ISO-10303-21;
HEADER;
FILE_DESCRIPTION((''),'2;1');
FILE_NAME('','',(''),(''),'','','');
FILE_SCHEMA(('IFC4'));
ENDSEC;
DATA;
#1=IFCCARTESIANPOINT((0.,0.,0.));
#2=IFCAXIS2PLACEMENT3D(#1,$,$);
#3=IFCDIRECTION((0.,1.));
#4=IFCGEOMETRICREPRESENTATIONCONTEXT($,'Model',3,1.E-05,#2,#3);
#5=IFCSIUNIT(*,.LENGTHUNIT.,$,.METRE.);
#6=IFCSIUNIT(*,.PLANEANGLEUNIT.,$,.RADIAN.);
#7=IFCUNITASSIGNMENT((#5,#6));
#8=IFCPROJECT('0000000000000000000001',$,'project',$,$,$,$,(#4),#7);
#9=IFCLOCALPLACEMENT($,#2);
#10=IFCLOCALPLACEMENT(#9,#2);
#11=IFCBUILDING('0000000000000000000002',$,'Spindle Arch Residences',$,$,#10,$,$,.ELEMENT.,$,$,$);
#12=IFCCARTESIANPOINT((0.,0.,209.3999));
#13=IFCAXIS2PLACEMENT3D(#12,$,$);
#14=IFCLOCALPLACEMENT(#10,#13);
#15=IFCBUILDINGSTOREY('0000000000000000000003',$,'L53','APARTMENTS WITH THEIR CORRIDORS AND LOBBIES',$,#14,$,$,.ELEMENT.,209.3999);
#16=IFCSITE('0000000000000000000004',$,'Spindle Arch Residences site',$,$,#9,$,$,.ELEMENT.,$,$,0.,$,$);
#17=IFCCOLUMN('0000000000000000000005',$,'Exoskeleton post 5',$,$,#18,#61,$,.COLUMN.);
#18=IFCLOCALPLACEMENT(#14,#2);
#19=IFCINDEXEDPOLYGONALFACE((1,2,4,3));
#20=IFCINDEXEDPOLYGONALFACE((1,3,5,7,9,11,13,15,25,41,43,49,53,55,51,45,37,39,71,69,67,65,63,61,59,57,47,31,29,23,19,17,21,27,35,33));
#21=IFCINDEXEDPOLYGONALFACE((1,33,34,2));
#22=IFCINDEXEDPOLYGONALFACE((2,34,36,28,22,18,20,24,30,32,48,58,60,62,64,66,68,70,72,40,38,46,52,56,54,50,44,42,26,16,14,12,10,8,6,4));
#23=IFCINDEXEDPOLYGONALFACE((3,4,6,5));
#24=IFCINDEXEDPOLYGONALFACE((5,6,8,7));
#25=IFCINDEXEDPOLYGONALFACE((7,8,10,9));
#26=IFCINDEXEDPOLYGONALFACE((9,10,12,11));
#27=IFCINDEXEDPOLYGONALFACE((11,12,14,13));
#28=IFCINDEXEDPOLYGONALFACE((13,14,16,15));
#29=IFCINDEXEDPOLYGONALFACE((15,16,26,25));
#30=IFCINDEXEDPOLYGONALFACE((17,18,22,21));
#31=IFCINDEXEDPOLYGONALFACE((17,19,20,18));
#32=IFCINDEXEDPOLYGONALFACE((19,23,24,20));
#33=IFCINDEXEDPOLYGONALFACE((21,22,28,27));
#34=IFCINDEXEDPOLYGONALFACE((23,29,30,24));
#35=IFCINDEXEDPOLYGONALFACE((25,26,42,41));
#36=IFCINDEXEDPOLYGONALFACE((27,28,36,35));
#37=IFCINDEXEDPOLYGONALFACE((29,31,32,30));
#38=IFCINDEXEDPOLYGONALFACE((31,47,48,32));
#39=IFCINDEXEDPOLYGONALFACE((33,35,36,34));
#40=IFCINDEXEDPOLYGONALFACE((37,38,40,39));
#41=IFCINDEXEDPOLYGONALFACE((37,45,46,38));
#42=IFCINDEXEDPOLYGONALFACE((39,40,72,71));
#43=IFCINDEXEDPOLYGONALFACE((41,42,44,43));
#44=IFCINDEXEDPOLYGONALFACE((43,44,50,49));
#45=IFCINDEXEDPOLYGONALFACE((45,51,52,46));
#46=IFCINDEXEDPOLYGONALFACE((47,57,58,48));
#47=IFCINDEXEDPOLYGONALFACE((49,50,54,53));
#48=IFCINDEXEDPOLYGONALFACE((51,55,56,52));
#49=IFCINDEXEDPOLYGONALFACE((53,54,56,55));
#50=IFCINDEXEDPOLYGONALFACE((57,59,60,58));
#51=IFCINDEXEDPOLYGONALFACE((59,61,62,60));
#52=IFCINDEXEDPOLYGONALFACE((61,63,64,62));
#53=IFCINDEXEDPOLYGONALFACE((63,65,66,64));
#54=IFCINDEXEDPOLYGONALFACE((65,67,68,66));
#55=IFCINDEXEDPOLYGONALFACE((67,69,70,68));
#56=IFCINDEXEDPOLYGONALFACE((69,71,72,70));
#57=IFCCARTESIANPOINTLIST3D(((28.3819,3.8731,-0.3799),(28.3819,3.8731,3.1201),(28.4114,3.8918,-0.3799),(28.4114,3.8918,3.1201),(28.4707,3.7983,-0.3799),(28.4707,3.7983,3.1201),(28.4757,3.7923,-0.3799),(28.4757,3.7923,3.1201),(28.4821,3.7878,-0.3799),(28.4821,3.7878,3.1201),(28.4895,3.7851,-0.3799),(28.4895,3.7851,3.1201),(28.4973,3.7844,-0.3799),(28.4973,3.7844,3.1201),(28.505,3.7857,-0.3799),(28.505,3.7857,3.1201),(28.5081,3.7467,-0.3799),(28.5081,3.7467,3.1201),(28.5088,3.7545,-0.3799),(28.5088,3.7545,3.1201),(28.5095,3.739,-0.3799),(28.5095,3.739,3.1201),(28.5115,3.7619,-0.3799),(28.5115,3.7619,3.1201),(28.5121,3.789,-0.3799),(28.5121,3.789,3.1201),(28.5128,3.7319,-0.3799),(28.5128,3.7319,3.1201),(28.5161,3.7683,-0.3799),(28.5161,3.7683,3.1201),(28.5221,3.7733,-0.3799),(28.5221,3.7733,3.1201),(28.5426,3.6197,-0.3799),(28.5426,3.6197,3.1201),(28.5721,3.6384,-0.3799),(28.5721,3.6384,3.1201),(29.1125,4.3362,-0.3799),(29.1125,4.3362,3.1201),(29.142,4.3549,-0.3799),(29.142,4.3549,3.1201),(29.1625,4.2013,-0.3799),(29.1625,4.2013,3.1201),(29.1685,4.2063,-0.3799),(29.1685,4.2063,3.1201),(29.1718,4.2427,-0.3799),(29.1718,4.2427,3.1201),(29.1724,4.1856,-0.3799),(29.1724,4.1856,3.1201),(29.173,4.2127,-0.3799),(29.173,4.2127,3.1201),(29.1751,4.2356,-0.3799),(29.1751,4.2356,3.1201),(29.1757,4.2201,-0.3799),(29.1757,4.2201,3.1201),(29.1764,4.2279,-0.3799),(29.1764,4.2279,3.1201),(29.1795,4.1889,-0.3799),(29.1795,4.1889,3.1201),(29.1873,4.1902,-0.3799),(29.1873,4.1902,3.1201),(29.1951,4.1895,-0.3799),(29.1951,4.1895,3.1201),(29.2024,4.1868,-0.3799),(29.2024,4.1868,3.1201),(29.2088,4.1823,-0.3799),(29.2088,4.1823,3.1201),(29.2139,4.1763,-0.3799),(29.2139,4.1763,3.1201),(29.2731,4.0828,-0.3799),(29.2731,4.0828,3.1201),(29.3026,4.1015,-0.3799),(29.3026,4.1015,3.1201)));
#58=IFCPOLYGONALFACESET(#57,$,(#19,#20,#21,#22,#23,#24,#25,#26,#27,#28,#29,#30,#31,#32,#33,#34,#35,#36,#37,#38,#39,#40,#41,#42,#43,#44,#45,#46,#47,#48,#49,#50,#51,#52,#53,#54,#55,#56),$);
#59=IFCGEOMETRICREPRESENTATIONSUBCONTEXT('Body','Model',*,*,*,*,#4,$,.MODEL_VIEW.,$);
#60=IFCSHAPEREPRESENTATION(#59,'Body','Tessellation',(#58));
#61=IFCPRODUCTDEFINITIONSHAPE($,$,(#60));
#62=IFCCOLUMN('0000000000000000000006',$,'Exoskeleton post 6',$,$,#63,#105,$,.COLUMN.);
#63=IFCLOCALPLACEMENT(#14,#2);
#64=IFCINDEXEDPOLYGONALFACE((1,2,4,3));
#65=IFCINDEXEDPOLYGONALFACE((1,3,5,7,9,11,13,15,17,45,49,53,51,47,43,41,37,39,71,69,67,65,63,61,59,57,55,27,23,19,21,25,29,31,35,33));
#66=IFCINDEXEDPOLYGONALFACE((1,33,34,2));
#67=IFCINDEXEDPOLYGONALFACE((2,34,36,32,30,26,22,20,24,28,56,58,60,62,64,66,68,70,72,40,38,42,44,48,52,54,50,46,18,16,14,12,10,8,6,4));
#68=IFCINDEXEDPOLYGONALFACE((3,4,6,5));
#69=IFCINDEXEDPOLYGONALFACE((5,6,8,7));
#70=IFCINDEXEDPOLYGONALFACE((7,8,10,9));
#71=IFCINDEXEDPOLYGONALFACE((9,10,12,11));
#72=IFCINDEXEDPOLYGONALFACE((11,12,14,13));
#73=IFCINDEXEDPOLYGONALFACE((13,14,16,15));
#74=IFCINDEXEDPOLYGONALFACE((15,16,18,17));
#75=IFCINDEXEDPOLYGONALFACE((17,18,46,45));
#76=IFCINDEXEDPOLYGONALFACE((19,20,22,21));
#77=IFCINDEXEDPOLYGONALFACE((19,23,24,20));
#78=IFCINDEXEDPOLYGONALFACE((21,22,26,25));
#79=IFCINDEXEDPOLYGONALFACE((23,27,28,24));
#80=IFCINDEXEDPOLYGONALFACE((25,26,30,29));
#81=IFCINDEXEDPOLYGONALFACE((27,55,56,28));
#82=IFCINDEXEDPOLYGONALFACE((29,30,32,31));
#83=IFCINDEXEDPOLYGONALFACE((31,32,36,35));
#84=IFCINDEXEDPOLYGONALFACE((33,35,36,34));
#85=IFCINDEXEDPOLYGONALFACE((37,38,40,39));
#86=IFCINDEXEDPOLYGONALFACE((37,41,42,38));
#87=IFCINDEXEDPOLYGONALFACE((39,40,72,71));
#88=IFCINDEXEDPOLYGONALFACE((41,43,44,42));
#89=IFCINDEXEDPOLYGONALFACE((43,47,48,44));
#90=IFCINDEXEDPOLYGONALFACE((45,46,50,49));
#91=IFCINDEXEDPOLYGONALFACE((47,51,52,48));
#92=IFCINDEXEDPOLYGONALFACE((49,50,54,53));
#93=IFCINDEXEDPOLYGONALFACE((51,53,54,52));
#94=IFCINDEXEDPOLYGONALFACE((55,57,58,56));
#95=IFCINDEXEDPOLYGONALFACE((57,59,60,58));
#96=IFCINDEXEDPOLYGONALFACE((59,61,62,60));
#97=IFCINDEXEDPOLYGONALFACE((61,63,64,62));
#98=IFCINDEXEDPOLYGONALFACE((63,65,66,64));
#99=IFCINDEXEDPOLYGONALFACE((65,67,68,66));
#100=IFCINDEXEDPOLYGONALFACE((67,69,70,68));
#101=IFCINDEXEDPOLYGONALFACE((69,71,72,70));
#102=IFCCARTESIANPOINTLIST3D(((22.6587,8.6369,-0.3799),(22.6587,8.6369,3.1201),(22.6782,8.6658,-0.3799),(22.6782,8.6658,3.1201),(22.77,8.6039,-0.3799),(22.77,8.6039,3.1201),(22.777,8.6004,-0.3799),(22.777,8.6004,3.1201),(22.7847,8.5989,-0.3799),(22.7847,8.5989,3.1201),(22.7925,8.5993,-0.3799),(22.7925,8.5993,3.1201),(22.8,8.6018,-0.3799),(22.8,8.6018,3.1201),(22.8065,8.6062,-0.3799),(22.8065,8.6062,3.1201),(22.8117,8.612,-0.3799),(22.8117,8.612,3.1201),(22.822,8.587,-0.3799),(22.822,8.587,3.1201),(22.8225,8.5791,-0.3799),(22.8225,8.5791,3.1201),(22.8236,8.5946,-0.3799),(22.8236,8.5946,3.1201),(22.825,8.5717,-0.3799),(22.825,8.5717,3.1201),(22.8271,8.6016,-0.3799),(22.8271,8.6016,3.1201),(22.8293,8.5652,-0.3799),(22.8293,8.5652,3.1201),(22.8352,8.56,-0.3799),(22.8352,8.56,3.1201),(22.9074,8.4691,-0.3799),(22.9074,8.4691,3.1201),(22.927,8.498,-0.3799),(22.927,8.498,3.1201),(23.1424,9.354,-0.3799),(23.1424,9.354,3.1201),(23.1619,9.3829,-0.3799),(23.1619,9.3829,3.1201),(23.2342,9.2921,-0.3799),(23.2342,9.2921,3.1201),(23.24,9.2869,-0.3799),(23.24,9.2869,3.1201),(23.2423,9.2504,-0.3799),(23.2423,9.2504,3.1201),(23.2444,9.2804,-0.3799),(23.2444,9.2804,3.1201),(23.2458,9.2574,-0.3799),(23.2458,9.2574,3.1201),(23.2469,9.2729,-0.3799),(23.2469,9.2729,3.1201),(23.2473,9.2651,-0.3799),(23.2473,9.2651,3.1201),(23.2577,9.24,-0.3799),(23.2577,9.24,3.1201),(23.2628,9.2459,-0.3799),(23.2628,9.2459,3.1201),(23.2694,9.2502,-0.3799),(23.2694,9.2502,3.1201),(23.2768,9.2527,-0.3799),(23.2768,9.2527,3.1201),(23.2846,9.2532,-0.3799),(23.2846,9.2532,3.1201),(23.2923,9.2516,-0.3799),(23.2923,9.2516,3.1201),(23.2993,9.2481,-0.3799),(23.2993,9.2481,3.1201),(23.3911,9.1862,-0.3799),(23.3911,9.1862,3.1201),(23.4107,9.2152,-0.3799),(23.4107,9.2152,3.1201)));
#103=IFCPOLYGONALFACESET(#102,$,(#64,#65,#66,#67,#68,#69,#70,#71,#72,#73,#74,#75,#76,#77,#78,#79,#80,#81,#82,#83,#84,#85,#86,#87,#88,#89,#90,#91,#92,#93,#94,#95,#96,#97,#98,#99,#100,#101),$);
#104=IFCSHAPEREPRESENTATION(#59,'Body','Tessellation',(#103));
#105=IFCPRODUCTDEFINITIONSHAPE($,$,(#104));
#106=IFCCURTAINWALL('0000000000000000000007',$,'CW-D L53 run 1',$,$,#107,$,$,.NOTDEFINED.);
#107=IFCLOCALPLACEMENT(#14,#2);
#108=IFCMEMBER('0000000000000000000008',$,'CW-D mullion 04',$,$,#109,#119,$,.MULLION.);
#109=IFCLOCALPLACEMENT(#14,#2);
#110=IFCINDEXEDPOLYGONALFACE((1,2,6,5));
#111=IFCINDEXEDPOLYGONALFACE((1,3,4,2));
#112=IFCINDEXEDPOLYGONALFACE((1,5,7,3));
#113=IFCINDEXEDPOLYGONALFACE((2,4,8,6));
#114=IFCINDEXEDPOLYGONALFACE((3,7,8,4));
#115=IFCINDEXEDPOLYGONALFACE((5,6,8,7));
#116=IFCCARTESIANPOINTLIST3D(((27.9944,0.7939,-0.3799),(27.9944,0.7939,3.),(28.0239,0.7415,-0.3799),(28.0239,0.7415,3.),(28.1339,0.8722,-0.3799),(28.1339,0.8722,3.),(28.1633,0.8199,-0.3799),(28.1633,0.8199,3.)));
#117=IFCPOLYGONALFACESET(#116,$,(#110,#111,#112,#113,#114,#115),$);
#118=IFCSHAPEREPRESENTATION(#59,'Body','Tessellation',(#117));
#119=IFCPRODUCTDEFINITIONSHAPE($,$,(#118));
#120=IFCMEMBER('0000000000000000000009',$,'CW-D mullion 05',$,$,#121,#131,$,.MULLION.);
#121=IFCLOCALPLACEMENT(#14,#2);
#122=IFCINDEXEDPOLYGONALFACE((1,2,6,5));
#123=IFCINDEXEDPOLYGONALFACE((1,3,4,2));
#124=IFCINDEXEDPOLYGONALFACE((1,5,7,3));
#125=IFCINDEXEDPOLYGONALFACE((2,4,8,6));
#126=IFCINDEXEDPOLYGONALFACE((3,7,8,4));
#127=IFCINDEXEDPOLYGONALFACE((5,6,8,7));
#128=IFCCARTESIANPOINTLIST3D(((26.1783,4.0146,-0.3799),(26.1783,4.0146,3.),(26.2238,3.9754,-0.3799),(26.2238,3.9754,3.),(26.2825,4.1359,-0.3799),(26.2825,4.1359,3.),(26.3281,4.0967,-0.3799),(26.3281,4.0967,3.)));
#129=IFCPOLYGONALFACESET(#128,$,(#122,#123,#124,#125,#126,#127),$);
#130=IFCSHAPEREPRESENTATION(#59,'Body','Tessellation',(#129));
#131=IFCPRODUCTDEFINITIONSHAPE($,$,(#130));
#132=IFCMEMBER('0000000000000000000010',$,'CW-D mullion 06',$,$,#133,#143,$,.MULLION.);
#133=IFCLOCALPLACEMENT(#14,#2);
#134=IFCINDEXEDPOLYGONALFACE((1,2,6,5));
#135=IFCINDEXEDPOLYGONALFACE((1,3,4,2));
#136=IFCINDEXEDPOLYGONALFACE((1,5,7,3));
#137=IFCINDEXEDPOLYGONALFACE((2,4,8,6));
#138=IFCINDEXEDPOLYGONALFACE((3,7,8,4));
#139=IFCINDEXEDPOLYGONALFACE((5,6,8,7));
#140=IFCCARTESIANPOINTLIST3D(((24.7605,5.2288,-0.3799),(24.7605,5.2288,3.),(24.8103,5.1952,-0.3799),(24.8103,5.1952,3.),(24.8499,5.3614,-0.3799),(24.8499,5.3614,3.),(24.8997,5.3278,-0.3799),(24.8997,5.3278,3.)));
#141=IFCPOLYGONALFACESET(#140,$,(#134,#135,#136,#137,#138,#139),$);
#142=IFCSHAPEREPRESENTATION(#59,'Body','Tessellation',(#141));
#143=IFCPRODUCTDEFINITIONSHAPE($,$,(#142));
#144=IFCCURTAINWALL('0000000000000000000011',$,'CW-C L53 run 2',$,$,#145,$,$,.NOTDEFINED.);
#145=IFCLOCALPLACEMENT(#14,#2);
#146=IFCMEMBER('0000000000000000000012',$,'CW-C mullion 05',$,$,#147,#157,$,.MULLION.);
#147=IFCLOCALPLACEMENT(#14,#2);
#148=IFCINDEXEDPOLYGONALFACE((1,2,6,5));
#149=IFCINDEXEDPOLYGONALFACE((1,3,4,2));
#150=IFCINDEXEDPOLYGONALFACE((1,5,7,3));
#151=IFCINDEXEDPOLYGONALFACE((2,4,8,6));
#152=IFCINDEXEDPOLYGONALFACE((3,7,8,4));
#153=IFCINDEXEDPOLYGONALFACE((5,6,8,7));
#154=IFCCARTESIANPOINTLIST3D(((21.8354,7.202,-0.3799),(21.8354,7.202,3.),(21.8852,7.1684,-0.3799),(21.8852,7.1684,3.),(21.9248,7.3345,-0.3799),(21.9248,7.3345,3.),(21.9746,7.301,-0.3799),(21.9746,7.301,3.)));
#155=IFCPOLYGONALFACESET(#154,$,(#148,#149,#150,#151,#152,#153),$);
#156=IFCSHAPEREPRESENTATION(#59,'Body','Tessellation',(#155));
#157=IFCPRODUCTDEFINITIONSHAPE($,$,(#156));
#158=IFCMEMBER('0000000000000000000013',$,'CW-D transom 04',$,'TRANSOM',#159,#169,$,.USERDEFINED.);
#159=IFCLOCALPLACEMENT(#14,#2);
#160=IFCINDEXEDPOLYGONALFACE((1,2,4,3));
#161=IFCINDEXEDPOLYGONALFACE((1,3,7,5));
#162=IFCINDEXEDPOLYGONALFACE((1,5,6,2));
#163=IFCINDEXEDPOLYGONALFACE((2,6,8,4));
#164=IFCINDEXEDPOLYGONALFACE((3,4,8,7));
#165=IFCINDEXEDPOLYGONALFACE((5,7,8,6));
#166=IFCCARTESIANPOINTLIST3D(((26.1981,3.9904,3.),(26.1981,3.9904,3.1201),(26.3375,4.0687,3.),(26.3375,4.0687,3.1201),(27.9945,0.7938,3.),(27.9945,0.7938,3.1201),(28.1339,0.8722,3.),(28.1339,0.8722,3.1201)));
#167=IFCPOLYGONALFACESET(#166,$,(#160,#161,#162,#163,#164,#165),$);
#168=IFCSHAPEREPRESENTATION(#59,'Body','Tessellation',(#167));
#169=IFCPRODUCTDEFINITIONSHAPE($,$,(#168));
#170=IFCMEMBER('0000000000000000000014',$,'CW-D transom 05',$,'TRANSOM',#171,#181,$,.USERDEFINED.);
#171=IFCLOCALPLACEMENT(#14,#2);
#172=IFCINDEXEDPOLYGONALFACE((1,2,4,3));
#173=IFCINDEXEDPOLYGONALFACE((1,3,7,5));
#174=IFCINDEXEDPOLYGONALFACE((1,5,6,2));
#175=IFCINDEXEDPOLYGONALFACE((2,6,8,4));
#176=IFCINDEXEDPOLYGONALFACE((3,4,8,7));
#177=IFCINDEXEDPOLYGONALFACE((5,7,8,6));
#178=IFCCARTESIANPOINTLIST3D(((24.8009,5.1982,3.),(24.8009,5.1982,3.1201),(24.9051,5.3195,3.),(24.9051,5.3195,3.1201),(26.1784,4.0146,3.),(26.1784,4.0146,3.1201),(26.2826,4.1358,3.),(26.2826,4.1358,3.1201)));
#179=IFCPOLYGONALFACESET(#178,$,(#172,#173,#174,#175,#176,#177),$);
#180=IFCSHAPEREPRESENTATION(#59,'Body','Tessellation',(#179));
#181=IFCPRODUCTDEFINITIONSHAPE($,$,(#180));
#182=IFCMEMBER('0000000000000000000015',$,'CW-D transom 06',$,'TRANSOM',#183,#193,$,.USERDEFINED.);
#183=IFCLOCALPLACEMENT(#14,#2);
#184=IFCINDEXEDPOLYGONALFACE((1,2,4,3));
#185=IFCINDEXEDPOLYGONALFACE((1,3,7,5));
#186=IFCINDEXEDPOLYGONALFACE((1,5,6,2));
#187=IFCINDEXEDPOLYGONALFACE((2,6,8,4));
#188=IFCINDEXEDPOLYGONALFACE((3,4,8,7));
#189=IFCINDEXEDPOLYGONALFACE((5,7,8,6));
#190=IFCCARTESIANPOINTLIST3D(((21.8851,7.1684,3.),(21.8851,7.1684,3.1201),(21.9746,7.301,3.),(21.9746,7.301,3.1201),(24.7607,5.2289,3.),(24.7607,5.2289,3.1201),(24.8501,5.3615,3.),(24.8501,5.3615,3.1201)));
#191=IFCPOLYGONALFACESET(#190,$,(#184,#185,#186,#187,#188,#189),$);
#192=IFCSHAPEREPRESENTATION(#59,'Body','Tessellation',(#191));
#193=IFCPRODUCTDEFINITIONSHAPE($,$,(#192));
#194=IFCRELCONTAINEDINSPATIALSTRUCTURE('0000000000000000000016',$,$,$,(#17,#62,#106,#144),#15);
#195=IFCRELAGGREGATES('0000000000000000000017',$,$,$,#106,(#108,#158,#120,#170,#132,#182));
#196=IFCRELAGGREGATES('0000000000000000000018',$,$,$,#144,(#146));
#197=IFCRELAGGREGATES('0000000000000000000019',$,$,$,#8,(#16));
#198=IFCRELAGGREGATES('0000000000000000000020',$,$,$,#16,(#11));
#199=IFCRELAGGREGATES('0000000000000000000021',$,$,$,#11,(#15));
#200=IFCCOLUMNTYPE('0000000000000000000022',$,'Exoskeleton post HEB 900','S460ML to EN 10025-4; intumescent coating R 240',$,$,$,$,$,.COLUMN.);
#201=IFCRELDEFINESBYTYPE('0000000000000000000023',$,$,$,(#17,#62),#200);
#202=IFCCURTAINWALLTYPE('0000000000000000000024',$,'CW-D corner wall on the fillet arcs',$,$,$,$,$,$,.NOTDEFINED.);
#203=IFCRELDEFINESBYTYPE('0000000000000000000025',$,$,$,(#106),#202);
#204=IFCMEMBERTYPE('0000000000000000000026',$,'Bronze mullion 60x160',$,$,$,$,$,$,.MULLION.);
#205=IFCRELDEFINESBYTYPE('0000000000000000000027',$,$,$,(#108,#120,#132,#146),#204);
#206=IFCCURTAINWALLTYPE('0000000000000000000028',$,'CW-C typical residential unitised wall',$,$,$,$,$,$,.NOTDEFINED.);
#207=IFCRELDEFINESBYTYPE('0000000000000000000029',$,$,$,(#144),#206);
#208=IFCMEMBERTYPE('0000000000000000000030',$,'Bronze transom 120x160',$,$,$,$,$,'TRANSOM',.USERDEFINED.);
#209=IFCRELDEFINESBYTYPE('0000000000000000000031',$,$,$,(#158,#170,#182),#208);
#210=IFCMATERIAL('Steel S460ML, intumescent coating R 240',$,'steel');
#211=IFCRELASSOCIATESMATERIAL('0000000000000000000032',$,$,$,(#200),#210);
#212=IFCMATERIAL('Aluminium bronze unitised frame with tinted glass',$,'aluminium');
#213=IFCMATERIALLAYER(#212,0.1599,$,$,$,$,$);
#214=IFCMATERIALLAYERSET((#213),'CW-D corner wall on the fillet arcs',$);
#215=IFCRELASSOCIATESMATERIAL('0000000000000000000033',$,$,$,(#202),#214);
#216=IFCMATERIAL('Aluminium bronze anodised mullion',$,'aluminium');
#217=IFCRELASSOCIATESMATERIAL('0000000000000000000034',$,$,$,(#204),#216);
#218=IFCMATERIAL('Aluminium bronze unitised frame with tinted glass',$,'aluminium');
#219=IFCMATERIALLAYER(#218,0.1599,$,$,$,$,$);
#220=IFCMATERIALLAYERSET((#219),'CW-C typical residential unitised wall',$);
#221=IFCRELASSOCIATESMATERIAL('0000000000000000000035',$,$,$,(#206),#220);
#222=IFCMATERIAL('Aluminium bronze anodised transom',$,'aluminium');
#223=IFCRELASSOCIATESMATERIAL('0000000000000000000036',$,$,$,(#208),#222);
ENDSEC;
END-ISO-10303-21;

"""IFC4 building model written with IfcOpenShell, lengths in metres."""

from ifc_helpers import new_model, si_unit, direction, frame, origin, origin_2d, place, context, subcontext, project, spatial, rectangle, i_section, extrude, material, layer, layer_set, material_profile, profile_set, type_object, element, aggregate, save


model = new_model("IFC4")

# Units and contexts
model_context = context("Model", 3, precision=1e-05, world=origin(), true_north=direction((0.0, 1.0)))
body_context = subcontext(model_context, "Body", "Model", "MODEL_VIEW")
ifc_project = project(units=[si_unit("LENGTHUNIT", "METRE"), si_unit("PLANEANGLEUNIT", "RADIAN")], contexts=[model_context])

# Site, building, storey
site_placement = place(None, origin())
site = spatial("IfcSite", under=ifc_project, at=site_placement, Name="Spindle Arch Residences site", CompositionType="ELEMENT", RefElevation=0.0)
building_placement = place(site_placement, origin())
building = spatial("IfcBuilding", under=site, at=building_placement, Name="Spindle Arch Residences", CompositionType="ELEMENT")
storey_placement = place(building_placement, frame((0.0, 0.0, 209.3999)))
storey = spatial("IfcBuildingStorey", under=building, at=storey_placement, Name="L53", Description="APARTMENTS WITH THEIR CORRIDORS AND LOBBIES", CompositionType="ELEMENT", Elevation=209.3999)

# Columns
ifc_material_1 = material(Name="Steel S460ML, intumescent coating R 240", Category="steel")
ifc_material_profile_1 = material_profile(ifc_material_1, i_section(OverallWidth=0.3, OverallDepth=0.8999, WebThickness=0.0186, FlangeThickness=0.0349, FilletRadius=0.03, at=origin_2d()), Name="HEB 900")
ifc_profile_set_1 = profile_set([ifc_material_profile_1], Name="Steel S460ML, intumescent coating R 240")
column_type = type_object("IfcColumnType", Name="Exoskeleton post HEB 900", Description="S460ML to EN 10025-4; intumescent coating R 240", PredefinedType="COLUMN", material=ifc_profile_set_1)
for number, where, z_axis, x_axis, name in (
    (1, (28.8423, 3.9873, -0.3799), (0.0, 0.0, 1.0), (0.5354, -0.844598, 0.0), "Exoskeleton post 5"),
    (2, (23.0347, 8.926, -0.3799), (0.0, 0.0, 1.0), (0.829038, -0.559193, 0.0), "Exoskeleton post 6"),
):
    element("IfcColumn", number, at=place(storey_placement, frame(where, z_axis=z_axis, x_axis=x_axis)), inside=storey, type_object=column_type, Name=name, PredefinedType="COLUMN", context=body_context, shape_type="SweptSolid", body=[
        extrude(i_section(OverallWidth=0.3, OverallDepth=0.8999, WebThickness=0.0186, FlangeThickness=0.0349, FilletRadius=0.03, at=origin_2d()), origin(), (0.0, 0.0, 1.0), 3.5),
    ])

# Curtain wall, members
ifc_material_2 = material(Name="Aluminium bronze unitised frame with tinted glass", Category="aluminium")
ifc_layer_1 = layer(ifc_material_2, 0.1599)
ifc_layer_set_1 = layer_set([ifc_layer_1], Name="CW-D corner wall on the fillet arcs")
curtain_wall_type_1 = type_object("IfcCurtainWallType", Name="CW-D corner wall on the fillet arcs", PredefinedType="NOTDEFINED", material=ifc_layer_set_1)
curtain_wall_1_placement = place(storey_placement, origin())
curtain_wall_1 = element("IfcCurtainWall", 3, at=curtain_wall_1_placement, inside=storey, type_object=curtain_wall_type_1, Name="CW-D L53 run 1", PredefinedType="NOTDEFINED")
ifc_material_3 = material(Name="Aluminium bronze anodised mullion", Category="aluminium")
ifc_material_profile_2 = material_profile(ifc_material_3, rectangle(XDim=0.1599, YDim=0.0601, at=origin_2d()), Name="MU 60x160")
ifc_profile_set_2 = profile_set([ifc_material_profile_2], Name="Aluminium bronze anodised mullion")
member_type_1 = type_object("IfcMemberType", Name="Bronze mullion 60x160", PredefinedType="MULLION", material=ifc_profile_set_2)
member_1_placement = place(storey_placement, frame((28.0789, 0.8069, -0.3799), z_axis=(0.0, 0.0, 1.0), x_axis=(-0.871784, -0.48989, 0.0)))
member_1 = element("IfcMember", 4, at=member_1_placement, type_object=member_type_1, Name="CW-D mullion 04", PredefinedType="MULLION", context=body_context, shape_type="SweptSolid", body=[
    extrude(rectangle(XDim=0.1599, YDim=0.0601, at=origin_2d()), origin(), (0.0, 0.0, 1.0), 3.3799),
])
member_2_placement = place(storey_placement, frame((26.2532, 4.0557, -0.3799), z_axis=(0.0, 0.0, 1.0), x_axis=(-0.651657, -0.758514, 0.0)))
member_2 = element("IfcMember", 5, at=member_2_placement, type_object=member_type_1, Name="CW-D mullion 05", PredefinedType="MULLION", context=body_context, shape_type="SweptSolid", body=[
    extrude(rectangle(XDim=0.1599, YDim=0.0601, at=origin_2d()), origin(), (0.0, 0.0, 1.0), 3.3799),
])
member_3_placement = place(storey_placement, frame((24.8301, 5.2783, -0.3799), z_axis=(0.0, 0.0, 1.0), x_axis=(-0.559193, -0.829038, 0.0)))
member_3 = element("IfcMember", 6, at=member_3_placement, type_object=member_type_1, Name="CW-D mullion 06", PredefinedType="MULLION", context=body_context, shape_type="SweptSolid", body=[
    extrude(rectangle(XDim=0.1599, YDim=0.0601, at=origin_2d()), origin(), (0.0, 0.0, 1.0), 3.3799),
])

# Curtain wall, member
ifc_material_4 = material(Name="Aluminium bronze unitised frame with tinted glass", Category="aluminium")
ifc_layer_2 = layer(ifc_material_4, 0.1599)
ifc_layer_set_2 = layer_set([ifc_layer_2], Name="CW-C typical residential unitised wall")
curtain_wall_type_2 = type_object("IfcCurtainWallType", Name="CW-C typical residential unitised wall", PredefinedType="NOTDEFINED", material=ifc_layer_set_2)
curtain_wall_2_placement = place(storey_placement, origin())
curtain_wall_2 = element("IfcCurtainWall", 7, at=curtain_wall_2_placement, inside=storey, type_object=curtain_wall_type_2, Name="CW-C L53 run 2", PredefinedType="NOTDEFINED")
member_4_placement = place(storey_placement, frame((21.905, 7.2515, -0.3799), z_axis=(0.0, 0.0, 1.0), x_axis=(-0.559193, -0.829038, 0.0)))
member_4 = element("IfcMember", 8, at=member_4_placement, type_object=member_type_1, Name="CW-C mullion 05", PredefinedType="MULLION", context=body_context, shape_type="SweptSolid", body=[
    extrude(rectangle(XDim=0.1599, YDim=0.0601, at=origin_2d()), origin(), (0.0, 0.0, 1.0), 3.3799),
])

# Members
ifc_material_5 = material(Name="Aluminium bronze anodised transom", Category="aluminium")
ifc_material_profile_3 = material_profile(ifc_material_5, rectangle(XDim=0.1599, YDim=0.1201, at=origin_2d()), Name="TR 120x160")
ifc_profile_set_3 = profile_set([ifc_material_profile_3], Name="Aluminium bronze anodised transom")
member_type_2 = type_object("IfcMemberType", Name="Bronze transom 120x160", ElementType="TRANSOM", PredefinedType="USERDEFINED", material=ifc_profile_set_3)
member_5_placement = place(storey_placement, frame((28.0642, 0.833, 3.0601), z_axis=(-0.489917, 0.871769, 0.0), x_axis=(-0.871769, -0.489917, 0.0)))
member_5 = element("IfcMember", 9, at=member_5_placement, type_object=member_type_2, Name="CW-D transom 04", ObjectType="TRANSOM", PredefinedType="USERDEFINED", context=body_context, shape_type="SweptSolid", body=[
    extrude(rectangle(XDim=0.1599, YDim=0.1201, at=origin_2d()), origin(), (0.0, 0.0, 1.0), 3.6667),
])
member_6_placement = place(storey_placement, frame((26.2305, 4.0752, 3.0601), z_axis=(-0.758459, 0.651721, 0.0), x_axis=(-0.651721, -0.758459, 0.0)))
member_6 = element("IfcMember", 10, at=member_6_placement, type_object=member_type_2, Name="CW-D transom 05", ObjectType="TRANSOM", PredefinedType="USERDEFINED", context=body_context, shape_type="SweptSolid", body=[
    extrude(rectangle(XDim=0.1599, YDim=0.1201, at=origin_2d()), origin(), (0.0, 0.0, 1.0), 1.8162),
])
member_7_placement = place(storey_placement, frame((24.8054, 5.2952, 3.0601), z_axis=(-0.829049, 0.559175, 0.0), x_axis=(-0.559175, -0.829049, 0.0)))
member_7 = element("IfcMember", 11, at=member_7_placement, type_object=member_type_2, Name="CW-D transom 06", ObjectType="TRANSOM", PredefinedType="USERDEFINED", context=body_context, shape_type="SweptSolid", body=[
    extrude(rectangle(XDim=0.1599, YDim=0.1201, at=origin_2d()), origin(), (0.0, 0.0, 1.0), 3.4685),
])

aggregate(curtain_wall_1, [member_1, member_5, member_2, member_6, member_3, member_7])
aggregate(curtain_wall_2, [member_4])

save(model, "model.ifc")
